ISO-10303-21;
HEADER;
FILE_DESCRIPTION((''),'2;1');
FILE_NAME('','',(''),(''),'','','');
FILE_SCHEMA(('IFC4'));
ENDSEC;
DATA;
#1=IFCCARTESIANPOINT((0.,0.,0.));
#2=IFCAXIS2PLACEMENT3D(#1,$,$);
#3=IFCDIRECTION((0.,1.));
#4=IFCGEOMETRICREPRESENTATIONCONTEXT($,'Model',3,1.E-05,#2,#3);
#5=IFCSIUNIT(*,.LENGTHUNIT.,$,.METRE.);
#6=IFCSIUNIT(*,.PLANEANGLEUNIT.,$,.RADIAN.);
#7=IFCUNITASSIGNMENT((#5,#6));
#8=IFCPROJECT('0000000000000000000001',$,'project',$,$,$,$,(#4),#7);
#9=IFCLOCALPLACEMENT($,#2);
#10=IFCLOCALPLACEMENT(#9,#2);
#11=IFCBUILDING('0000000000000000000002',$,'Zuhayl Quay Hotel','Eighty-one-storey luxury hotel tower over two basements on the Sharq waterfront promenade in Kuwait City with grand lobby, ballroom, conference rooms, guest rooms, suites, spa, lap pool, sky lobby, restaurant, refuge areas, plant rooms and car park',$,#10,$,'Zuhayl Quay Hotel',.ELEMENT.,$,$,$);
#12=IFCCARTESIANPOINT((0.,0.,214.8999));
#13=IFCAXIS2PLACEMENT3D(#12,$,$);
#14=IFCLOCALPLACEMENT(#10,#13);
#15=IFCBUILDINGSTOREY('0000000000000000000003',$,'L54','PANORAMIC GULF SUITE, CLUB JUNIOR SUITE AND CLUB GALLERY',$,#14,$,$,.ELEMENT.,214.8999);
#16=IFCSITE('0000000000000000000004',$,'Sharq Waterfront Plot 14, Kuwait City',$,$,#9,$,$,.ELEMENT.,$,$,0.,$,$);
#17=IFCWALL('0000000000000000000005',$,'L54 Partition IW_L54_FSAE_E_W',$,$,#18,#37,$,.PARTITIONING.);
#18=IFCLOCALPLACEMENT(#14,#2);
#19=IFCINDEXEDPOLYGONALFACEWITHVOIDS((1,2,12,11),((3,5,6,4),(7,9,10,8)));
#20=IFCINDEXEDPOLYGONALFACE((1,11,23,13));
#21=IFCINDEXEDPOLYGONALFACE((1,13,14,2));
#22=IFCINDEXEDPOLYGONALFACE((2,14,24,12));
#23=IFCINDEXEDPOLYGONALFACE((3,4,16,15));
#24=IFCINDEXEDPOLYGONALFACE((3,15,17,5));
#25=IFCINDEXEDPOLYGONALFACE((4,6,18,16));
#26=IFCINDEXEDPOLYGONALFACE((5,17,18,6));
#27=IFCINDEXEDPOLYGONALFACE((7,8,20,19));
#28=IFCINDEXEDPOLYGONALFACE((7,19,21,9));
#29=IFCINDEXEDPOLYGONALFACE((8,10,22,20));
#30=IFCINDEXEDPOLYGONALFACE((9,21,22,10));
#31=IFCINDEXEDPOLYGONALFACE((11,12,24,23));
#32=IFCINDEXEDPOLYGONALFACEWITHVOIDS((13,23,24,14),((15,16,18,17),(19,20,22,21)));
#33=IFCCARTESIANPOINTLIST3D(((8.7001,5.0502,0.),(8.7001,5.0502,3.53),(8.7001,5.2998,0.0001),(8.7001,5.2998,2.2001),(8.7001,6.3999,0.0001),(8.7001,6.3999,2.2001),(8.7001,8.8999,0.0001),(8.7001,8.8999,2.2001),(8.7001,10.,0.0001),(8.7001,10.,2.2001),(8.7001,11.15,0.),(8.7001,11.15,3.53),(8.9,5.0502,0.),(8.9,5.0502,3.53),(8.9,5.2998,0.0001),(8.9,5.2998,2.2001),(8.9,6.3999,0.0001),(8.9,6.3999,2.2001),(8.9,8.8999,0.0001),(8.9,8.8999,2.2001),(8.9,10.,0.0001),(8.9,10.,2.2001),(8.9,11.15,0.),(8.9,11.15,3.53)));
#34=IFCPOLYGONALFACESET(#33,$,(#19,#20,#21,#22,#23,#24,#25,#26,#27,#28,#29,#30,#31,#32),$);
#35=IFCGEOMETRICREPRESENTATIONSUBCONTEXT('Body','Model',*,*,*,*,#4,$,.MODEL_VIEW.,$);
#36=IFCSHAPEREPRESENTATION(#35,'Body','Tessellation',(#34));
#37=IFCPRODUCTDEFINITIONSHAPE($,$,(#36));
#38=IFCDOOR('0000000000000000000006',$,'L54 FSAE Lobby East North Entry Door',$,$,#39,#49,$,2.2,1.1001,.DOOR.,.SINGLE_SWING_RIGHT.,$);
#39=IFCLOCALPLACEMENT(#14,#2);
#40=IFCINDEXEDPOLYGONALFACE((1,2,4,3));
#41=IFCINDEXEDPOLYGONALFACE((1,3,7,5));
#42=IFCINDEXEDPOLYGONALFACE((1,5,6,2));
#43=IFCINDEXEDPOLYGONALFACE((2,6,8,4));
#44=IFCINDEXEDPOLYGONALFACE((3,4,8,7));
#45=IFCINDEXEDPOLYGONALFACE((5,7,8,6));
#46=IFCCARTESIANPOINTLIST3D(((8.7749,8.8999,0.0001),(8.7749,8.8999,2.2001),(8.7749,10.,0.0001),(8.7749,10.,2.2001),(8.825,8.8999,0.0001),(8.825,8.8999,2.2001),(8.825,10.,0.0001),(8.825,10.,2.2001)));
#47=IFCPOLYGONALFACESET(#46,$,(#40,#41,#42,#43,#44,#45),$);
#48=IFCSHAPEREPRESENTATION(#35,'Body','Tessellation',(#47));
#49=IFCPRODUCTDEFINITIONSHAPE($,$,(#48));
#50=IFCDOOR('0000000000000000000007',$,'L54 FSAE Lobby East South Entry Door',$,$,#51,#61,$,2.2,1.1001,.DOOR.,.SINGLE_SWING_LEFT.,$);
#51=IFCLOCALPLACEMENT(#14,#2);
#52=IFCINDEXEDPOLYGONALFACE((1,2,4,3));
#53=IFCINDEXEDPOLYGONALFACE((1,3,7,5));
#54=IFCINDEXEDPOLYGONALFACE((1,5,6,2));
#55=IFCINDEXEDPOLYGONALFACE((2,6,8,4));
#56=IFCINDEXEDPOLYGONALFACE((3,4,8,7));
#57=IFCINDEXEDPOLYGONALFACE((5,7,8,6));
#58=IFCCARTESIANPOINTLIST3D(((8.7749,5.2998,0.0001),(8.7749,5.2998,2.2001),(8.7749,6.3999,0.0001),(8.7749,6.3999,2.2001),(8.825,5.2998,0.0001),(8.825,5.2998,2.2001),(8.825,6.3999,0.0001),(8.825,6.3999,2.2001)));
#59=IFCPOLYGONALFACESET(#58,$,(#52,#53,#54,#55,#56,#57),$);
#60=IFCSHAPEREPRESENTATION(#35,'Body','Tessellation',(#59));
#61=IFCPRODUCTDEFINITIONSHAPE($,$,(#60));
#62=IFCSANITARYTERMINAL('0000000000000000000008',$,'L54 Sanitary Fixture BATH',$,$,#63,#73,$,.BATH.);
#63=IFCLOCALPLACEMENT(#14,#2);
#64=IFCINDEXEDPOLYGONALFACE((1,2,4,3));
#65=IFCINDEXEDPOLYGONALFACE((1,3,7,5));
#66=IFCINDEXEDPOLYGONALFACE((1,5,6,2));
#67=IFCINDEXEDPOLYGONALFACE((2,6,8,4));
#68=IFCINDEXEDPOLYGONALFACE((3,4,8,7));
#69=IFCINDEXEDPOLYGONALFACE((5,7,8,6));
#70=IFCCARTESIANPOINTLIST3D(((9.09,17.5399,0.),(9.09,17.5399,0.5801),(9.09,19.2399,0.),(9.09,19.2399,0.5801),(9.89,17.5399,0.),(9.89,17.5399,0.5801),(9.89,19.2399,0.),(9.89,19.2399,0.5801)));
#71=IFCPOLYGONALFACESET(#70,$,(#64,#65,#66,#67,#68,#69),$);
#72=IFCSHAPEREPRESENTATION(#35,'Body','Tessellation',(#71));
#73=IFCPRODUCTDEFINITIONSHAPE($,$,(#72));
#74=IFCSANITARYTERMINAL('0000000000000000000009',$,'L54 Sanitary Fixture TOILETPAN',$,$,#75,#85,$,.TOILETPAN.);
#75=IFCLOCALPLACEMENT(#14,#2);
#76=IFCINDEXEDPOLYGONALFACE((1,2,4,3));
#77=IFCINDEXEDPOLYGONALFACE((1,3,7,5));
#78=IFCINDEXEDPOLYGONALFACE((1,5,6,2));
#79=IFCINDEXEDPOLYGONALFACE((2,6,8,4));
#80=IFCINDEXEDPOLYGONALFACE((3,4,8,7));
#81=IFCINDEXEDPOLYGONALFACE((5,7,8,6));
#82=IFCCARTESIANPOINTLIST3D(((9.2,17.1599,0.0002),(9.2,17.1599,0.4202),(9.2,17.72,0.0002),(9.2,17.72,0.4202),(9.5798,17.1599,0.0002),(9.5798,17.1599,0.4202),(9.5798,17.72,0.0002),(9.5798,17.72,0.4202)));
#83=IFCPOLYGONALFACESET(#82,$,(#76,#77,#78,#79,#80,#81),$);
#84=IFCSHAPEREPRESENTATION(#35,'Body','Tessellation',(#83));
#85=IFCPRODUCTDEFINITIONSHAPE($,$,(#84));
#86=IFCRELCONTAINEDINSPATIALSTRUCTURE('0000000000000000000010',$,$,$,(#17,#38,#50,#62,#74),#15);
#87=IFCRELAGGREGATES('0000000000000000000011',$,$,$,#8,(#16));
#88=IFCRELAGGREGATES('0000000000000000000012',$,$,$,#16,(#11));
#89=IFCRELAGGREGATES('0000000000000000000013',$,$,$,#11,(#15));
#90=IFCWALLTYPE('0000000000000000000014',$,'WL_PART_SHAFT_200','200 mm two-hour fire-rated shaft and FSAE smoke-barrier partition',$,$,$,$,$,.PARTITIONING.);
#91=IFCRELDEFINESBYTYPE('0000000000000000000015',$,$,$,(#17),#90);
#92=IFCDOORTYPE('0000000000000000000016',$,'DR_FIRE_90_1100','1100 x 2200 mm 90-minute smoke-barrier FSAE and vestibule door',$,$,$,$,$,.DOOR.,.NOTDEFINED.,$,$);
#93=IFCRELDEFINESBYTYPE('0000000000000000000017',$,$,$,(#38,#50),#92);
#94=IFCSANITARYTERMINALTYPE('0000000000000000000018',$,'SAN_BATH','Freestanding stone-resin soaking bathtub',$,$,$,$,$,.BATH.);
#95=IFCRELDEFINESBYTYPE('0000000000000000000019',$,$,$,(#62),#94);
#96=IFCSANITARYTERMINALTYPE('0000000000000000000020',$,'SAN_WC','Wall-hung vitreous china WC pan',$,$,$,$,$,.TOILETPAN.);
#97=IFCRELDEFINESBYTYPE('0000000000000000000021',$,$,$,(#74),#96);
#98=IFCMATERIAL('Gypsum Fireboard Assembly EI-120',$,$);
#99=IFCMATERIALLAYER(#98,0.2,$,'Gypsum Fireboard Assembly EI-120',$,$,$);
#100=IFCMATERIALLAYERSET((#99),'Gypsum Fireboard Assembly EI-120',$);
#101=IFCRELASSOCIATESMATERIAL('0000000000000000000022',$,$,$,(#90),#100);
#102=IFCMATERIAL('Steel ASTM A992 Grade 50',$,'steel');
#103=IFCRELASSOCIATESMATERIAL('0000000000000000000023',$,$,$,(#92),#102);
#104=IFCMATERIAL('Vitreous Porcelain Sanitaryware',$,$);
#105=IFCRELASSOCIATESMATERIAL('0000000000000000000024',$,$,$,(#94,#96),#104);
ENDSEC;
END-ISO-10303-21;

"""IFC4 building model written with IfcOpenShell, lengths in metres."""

from ifc_helpers import new_model, si_unit, direction, frame, frame_2d, origin, origin_2d, place, context, subcontext, project, spatial, rectangle, extrude, material, layer, layer_set, type_object, element, fill, save


model = new_model("IFC4")

# Units and contexts
model_context = context("Model", 3, precision=1e-05, world=origin(), true_north=direction((0.0, 1.0)))
body_context = subcontext(model_context, "Body", "Model", "MODEL_VIEW")
ifc_project = project(units=[si_unit("LENGTHUNIT", "METRE"), si_unit("PLANEANGLEUNIT", "RADIAN")], contexts=[model_context])

# Site, building, storey
site_placement = place(None, origin())
site = spatial("IfcSite", under=ifc_project, at=site_placement, Name="Sharq Waterfront Plot 14, Kuwait City", CompositionType="ELEMENT", RefElevation=0.0)
building_placement = place(site_placement, origin())
building = spatial("IfcBuilding", under=site, at=building_placement, Name="Zuhayl Quay Hotel", Description="Eighty-one-storey luxury hotel tower over two basements on the Sharq waterfront promenade in Kuwait City with grand lobby, ballroom, conference rooms, guest rooms, suites, spa, lap pool, sky lobby, restaurant, refuge areas, plant rooms and car park", LongName="Zuhayl Quay Hotel", CompositionType="ELEMENT")
storey_placement = place(building_placement, frame((0.0, 0.0, 214.8999)))
storey = spatial("IfcBuildingStorey", under=building, at=storey_placement, Name="L54", Description="PANORAMIC GULF SUITE, CLUB JUNIOR SUITE AND CLUB GALLERY", CompositionType="ELEMENT", Elevation=214.8999)

# Shared definitions
ifc_material_1 = material(Name="Steel ASTM A992 Grade 50", Category="steel")

# Wall, openings, doors
ifc_material_2 = material(Name="Gypsum Fireboard Assembly EI-120")
ifc_layer_1 = layer(ifc_material_2, 0.2, Name="Gypsum Fireboard Assembly EI-120")
ifc_layer_set_1 = layer_set([ifc_layer_1], Name="Gypsum Fireboard Assembly EI-120")
wall_type_1 = type_object("IfcWallType", Name="WL_PART_SHAFT_200", Description="200 mm two-hour fire-rated shaft and FSAE smoke-barrier partition", PredefinedType="PARTITIONING", material=ifc_layer_set_1)
wall_1_placement = place(storey_placement, frame((8.8, 11.1499, 0.0), z_axis=(0.0, 0.0, 1.0), x_axis=(0.0, -1.0, 0.0)))
wall_1 = element("IfcWall", 1, at=wall_1_placement, inside=storey, type_object=wall_type_1, Name="L54 Partition IW_L54_FSAE_E_W", PredefinedType="PARTITIONING", context=body_context, shape_type="SweptSolid", body=[
    extrude(rectangle(XDim=6.0999, YDim=0.2, at=frame_2d((3.0498, 0.0))), origin(), (0.0, 0.0, 1.0), 3.53),
])
opening_1_placement = place(wall_1_placement, frame((1.1499, 0.0, 0.0)))
opening_1 = element("IfcOpeningElement", 2, at=opening_1_placement, cuts=wall_1, PredefinedType="OPENING", context=body_context, shape_type="SweptSolid", body=[
    extrude(rectangle(XDim=1.1001, YDim=2.2, at=frame_2d((0.55, 1.1001))), frame((0.0, 0.1099, 0.0), z_axis=(0.0, -1.0, 0.0), x_axis=(1.0, 0.0, 0.0)), (0.0, 0.0, 1.0), 0.22),
])
opening_2_placement = place(wall_1_placement, frame((4.75, 0.0, 0.0)))
opening_2 = element("IfcOpeningElement", 3, at=opening_2_placement, cuts=wall_1, PredefinedType="OPENING", context=body_context, shape_type="SweptSolid", body=[
    extrude(rectangle(XDim=1.1001, YDim=2.2, at=frame_2d((0.55, 1.1001))), frame((0.0, 0.1099, 0.0), z_axis=(0.0, -1.0, 0.0), x_axis=(1.0, 0.0, 0.0)), (0.0, 0.0, 1.0), 0.22),
])
door_type_1 = type_object("IfcDoorType", Name="DR_FIRE_90_1100", Description="1100 x 2200 mm 90-minute smoke-barrier FSAE and vestibule door", OperationType="NOTDEFINED", PredefinedType="DOOR", material=ifc_material_1)
door_1_placement = place(opening_1_placement, origin())
door_1 = element("IfcDoor", 4, at=door_1_placement, inside=storey, type_object=door_type_1, Name="L54 FSAE Lobby East North Entry Door", OperationType="SINGLE_SWING_RIGHT", OverallHeight=2.2, OverallWidth=1.1001, PredefinedType="DOOR", context=body_context, shape_type="SweptSolid", body=[
    extrude(rectangle(XDim=1.1001, YDim=2.2, at=frame_2d((0.55, 1.1001))), frame((0.0, 0.0249, 0.0), z_axis=(0.0, -1.0, 0.0), x_axis=(1.0, 0.0, 0.0)), (0.0, 0.0, 1.0), 0.05),
])
fill(opening_1, door_1)
door_2_placement = place(opening_2_placement, origin())
door_2 = element("IfcDoor", 5, at=door_2_placement, inside=storey, type_object=door_type_1, Name="L54 FSAE Lobby East South Entry Door", OperationType="SINGLE_SWING_LEFT", OverallHeight=2.2, OverallWidth=1.1001, PredefinedType="DOOR", context=body_context, shape_type="SweptSolid", body=[
    extrude(rectangle(XDim=1.1001, YDim=2.2, at=frame_2d((0.55, 1.1001))), frame((0.0, 0.0249, 0.0), z_axis=(0.0, -1.0, 0.0), x_axis=(1.0, 0.0, 0.0)), (0.0, 0.0, 1.0), 0.05),
])
fill(opening_2, door_2)

# Sanitary terminals
ifc_material_3 = material(Name="Vitreous Porcelain Sanitaryware")
sanitary_terminal_type_1 = type_object("IfcSanitaryTerminalType", Name="SAN_BATH", Description="Freestanding stone-resin soaking bathtub", PredefinedType="BATH", material=ifc_material_3)
sanitary_terminal_1_placement = place(storey_placement, frame((9.49, 18.3899, 0.0), z_axis=(0.0, 0.0, 1.0), x_axis=(1.0, 0.0, 0.0)))
element("IfcSanitaryTerminal", 6, at=sanitary_terminal_1_placement, inside=storey, type_object=sanitary_terminal_type_1, Name="L54 Sanitary Fixture BATH", PredefinedType="BATH", context=body_context, shape_type="SweptSolid", body=[
    extrude(rectangle(XDim=0.8, YDim=1.7, at=origin_2d()), origin(), (0.0, 0.0, 1.0), 0.5801),
])
sanitary_terminal_type_2 = type_object("IfcSanitaryTerminalType", Name="SAN_WC", Description="Wall-hung vitreous china WC pan", PredefinedType="TOILETPAN", material=ifc_material_3)
sanitary_terminal_2_placement = place(storey_placement, frame((9.3899, 17.4399, 0.0002), z_axis=(0.0, 0.0, 1.0), x_axis=(1.0, 0.0, 0.0)))
element("IfcSanitaryTerminal", 7, at=sanitary_terminal_2_placement, inside=storey, type_object=sanitary_terminal_type_2, Name="L54 Sanitary Fixture TOILETPAN", PredefinedType="TOILETPAN", context=body_context, shape_type="SweptSolid", body=[
    extrude(rectangle(XDim=0.3799, YDim=0.5601, at=origin_2d()), origin(), (0.0, 0.0, 1.0), 0.4199),
])

save(model, "model.ifc")
